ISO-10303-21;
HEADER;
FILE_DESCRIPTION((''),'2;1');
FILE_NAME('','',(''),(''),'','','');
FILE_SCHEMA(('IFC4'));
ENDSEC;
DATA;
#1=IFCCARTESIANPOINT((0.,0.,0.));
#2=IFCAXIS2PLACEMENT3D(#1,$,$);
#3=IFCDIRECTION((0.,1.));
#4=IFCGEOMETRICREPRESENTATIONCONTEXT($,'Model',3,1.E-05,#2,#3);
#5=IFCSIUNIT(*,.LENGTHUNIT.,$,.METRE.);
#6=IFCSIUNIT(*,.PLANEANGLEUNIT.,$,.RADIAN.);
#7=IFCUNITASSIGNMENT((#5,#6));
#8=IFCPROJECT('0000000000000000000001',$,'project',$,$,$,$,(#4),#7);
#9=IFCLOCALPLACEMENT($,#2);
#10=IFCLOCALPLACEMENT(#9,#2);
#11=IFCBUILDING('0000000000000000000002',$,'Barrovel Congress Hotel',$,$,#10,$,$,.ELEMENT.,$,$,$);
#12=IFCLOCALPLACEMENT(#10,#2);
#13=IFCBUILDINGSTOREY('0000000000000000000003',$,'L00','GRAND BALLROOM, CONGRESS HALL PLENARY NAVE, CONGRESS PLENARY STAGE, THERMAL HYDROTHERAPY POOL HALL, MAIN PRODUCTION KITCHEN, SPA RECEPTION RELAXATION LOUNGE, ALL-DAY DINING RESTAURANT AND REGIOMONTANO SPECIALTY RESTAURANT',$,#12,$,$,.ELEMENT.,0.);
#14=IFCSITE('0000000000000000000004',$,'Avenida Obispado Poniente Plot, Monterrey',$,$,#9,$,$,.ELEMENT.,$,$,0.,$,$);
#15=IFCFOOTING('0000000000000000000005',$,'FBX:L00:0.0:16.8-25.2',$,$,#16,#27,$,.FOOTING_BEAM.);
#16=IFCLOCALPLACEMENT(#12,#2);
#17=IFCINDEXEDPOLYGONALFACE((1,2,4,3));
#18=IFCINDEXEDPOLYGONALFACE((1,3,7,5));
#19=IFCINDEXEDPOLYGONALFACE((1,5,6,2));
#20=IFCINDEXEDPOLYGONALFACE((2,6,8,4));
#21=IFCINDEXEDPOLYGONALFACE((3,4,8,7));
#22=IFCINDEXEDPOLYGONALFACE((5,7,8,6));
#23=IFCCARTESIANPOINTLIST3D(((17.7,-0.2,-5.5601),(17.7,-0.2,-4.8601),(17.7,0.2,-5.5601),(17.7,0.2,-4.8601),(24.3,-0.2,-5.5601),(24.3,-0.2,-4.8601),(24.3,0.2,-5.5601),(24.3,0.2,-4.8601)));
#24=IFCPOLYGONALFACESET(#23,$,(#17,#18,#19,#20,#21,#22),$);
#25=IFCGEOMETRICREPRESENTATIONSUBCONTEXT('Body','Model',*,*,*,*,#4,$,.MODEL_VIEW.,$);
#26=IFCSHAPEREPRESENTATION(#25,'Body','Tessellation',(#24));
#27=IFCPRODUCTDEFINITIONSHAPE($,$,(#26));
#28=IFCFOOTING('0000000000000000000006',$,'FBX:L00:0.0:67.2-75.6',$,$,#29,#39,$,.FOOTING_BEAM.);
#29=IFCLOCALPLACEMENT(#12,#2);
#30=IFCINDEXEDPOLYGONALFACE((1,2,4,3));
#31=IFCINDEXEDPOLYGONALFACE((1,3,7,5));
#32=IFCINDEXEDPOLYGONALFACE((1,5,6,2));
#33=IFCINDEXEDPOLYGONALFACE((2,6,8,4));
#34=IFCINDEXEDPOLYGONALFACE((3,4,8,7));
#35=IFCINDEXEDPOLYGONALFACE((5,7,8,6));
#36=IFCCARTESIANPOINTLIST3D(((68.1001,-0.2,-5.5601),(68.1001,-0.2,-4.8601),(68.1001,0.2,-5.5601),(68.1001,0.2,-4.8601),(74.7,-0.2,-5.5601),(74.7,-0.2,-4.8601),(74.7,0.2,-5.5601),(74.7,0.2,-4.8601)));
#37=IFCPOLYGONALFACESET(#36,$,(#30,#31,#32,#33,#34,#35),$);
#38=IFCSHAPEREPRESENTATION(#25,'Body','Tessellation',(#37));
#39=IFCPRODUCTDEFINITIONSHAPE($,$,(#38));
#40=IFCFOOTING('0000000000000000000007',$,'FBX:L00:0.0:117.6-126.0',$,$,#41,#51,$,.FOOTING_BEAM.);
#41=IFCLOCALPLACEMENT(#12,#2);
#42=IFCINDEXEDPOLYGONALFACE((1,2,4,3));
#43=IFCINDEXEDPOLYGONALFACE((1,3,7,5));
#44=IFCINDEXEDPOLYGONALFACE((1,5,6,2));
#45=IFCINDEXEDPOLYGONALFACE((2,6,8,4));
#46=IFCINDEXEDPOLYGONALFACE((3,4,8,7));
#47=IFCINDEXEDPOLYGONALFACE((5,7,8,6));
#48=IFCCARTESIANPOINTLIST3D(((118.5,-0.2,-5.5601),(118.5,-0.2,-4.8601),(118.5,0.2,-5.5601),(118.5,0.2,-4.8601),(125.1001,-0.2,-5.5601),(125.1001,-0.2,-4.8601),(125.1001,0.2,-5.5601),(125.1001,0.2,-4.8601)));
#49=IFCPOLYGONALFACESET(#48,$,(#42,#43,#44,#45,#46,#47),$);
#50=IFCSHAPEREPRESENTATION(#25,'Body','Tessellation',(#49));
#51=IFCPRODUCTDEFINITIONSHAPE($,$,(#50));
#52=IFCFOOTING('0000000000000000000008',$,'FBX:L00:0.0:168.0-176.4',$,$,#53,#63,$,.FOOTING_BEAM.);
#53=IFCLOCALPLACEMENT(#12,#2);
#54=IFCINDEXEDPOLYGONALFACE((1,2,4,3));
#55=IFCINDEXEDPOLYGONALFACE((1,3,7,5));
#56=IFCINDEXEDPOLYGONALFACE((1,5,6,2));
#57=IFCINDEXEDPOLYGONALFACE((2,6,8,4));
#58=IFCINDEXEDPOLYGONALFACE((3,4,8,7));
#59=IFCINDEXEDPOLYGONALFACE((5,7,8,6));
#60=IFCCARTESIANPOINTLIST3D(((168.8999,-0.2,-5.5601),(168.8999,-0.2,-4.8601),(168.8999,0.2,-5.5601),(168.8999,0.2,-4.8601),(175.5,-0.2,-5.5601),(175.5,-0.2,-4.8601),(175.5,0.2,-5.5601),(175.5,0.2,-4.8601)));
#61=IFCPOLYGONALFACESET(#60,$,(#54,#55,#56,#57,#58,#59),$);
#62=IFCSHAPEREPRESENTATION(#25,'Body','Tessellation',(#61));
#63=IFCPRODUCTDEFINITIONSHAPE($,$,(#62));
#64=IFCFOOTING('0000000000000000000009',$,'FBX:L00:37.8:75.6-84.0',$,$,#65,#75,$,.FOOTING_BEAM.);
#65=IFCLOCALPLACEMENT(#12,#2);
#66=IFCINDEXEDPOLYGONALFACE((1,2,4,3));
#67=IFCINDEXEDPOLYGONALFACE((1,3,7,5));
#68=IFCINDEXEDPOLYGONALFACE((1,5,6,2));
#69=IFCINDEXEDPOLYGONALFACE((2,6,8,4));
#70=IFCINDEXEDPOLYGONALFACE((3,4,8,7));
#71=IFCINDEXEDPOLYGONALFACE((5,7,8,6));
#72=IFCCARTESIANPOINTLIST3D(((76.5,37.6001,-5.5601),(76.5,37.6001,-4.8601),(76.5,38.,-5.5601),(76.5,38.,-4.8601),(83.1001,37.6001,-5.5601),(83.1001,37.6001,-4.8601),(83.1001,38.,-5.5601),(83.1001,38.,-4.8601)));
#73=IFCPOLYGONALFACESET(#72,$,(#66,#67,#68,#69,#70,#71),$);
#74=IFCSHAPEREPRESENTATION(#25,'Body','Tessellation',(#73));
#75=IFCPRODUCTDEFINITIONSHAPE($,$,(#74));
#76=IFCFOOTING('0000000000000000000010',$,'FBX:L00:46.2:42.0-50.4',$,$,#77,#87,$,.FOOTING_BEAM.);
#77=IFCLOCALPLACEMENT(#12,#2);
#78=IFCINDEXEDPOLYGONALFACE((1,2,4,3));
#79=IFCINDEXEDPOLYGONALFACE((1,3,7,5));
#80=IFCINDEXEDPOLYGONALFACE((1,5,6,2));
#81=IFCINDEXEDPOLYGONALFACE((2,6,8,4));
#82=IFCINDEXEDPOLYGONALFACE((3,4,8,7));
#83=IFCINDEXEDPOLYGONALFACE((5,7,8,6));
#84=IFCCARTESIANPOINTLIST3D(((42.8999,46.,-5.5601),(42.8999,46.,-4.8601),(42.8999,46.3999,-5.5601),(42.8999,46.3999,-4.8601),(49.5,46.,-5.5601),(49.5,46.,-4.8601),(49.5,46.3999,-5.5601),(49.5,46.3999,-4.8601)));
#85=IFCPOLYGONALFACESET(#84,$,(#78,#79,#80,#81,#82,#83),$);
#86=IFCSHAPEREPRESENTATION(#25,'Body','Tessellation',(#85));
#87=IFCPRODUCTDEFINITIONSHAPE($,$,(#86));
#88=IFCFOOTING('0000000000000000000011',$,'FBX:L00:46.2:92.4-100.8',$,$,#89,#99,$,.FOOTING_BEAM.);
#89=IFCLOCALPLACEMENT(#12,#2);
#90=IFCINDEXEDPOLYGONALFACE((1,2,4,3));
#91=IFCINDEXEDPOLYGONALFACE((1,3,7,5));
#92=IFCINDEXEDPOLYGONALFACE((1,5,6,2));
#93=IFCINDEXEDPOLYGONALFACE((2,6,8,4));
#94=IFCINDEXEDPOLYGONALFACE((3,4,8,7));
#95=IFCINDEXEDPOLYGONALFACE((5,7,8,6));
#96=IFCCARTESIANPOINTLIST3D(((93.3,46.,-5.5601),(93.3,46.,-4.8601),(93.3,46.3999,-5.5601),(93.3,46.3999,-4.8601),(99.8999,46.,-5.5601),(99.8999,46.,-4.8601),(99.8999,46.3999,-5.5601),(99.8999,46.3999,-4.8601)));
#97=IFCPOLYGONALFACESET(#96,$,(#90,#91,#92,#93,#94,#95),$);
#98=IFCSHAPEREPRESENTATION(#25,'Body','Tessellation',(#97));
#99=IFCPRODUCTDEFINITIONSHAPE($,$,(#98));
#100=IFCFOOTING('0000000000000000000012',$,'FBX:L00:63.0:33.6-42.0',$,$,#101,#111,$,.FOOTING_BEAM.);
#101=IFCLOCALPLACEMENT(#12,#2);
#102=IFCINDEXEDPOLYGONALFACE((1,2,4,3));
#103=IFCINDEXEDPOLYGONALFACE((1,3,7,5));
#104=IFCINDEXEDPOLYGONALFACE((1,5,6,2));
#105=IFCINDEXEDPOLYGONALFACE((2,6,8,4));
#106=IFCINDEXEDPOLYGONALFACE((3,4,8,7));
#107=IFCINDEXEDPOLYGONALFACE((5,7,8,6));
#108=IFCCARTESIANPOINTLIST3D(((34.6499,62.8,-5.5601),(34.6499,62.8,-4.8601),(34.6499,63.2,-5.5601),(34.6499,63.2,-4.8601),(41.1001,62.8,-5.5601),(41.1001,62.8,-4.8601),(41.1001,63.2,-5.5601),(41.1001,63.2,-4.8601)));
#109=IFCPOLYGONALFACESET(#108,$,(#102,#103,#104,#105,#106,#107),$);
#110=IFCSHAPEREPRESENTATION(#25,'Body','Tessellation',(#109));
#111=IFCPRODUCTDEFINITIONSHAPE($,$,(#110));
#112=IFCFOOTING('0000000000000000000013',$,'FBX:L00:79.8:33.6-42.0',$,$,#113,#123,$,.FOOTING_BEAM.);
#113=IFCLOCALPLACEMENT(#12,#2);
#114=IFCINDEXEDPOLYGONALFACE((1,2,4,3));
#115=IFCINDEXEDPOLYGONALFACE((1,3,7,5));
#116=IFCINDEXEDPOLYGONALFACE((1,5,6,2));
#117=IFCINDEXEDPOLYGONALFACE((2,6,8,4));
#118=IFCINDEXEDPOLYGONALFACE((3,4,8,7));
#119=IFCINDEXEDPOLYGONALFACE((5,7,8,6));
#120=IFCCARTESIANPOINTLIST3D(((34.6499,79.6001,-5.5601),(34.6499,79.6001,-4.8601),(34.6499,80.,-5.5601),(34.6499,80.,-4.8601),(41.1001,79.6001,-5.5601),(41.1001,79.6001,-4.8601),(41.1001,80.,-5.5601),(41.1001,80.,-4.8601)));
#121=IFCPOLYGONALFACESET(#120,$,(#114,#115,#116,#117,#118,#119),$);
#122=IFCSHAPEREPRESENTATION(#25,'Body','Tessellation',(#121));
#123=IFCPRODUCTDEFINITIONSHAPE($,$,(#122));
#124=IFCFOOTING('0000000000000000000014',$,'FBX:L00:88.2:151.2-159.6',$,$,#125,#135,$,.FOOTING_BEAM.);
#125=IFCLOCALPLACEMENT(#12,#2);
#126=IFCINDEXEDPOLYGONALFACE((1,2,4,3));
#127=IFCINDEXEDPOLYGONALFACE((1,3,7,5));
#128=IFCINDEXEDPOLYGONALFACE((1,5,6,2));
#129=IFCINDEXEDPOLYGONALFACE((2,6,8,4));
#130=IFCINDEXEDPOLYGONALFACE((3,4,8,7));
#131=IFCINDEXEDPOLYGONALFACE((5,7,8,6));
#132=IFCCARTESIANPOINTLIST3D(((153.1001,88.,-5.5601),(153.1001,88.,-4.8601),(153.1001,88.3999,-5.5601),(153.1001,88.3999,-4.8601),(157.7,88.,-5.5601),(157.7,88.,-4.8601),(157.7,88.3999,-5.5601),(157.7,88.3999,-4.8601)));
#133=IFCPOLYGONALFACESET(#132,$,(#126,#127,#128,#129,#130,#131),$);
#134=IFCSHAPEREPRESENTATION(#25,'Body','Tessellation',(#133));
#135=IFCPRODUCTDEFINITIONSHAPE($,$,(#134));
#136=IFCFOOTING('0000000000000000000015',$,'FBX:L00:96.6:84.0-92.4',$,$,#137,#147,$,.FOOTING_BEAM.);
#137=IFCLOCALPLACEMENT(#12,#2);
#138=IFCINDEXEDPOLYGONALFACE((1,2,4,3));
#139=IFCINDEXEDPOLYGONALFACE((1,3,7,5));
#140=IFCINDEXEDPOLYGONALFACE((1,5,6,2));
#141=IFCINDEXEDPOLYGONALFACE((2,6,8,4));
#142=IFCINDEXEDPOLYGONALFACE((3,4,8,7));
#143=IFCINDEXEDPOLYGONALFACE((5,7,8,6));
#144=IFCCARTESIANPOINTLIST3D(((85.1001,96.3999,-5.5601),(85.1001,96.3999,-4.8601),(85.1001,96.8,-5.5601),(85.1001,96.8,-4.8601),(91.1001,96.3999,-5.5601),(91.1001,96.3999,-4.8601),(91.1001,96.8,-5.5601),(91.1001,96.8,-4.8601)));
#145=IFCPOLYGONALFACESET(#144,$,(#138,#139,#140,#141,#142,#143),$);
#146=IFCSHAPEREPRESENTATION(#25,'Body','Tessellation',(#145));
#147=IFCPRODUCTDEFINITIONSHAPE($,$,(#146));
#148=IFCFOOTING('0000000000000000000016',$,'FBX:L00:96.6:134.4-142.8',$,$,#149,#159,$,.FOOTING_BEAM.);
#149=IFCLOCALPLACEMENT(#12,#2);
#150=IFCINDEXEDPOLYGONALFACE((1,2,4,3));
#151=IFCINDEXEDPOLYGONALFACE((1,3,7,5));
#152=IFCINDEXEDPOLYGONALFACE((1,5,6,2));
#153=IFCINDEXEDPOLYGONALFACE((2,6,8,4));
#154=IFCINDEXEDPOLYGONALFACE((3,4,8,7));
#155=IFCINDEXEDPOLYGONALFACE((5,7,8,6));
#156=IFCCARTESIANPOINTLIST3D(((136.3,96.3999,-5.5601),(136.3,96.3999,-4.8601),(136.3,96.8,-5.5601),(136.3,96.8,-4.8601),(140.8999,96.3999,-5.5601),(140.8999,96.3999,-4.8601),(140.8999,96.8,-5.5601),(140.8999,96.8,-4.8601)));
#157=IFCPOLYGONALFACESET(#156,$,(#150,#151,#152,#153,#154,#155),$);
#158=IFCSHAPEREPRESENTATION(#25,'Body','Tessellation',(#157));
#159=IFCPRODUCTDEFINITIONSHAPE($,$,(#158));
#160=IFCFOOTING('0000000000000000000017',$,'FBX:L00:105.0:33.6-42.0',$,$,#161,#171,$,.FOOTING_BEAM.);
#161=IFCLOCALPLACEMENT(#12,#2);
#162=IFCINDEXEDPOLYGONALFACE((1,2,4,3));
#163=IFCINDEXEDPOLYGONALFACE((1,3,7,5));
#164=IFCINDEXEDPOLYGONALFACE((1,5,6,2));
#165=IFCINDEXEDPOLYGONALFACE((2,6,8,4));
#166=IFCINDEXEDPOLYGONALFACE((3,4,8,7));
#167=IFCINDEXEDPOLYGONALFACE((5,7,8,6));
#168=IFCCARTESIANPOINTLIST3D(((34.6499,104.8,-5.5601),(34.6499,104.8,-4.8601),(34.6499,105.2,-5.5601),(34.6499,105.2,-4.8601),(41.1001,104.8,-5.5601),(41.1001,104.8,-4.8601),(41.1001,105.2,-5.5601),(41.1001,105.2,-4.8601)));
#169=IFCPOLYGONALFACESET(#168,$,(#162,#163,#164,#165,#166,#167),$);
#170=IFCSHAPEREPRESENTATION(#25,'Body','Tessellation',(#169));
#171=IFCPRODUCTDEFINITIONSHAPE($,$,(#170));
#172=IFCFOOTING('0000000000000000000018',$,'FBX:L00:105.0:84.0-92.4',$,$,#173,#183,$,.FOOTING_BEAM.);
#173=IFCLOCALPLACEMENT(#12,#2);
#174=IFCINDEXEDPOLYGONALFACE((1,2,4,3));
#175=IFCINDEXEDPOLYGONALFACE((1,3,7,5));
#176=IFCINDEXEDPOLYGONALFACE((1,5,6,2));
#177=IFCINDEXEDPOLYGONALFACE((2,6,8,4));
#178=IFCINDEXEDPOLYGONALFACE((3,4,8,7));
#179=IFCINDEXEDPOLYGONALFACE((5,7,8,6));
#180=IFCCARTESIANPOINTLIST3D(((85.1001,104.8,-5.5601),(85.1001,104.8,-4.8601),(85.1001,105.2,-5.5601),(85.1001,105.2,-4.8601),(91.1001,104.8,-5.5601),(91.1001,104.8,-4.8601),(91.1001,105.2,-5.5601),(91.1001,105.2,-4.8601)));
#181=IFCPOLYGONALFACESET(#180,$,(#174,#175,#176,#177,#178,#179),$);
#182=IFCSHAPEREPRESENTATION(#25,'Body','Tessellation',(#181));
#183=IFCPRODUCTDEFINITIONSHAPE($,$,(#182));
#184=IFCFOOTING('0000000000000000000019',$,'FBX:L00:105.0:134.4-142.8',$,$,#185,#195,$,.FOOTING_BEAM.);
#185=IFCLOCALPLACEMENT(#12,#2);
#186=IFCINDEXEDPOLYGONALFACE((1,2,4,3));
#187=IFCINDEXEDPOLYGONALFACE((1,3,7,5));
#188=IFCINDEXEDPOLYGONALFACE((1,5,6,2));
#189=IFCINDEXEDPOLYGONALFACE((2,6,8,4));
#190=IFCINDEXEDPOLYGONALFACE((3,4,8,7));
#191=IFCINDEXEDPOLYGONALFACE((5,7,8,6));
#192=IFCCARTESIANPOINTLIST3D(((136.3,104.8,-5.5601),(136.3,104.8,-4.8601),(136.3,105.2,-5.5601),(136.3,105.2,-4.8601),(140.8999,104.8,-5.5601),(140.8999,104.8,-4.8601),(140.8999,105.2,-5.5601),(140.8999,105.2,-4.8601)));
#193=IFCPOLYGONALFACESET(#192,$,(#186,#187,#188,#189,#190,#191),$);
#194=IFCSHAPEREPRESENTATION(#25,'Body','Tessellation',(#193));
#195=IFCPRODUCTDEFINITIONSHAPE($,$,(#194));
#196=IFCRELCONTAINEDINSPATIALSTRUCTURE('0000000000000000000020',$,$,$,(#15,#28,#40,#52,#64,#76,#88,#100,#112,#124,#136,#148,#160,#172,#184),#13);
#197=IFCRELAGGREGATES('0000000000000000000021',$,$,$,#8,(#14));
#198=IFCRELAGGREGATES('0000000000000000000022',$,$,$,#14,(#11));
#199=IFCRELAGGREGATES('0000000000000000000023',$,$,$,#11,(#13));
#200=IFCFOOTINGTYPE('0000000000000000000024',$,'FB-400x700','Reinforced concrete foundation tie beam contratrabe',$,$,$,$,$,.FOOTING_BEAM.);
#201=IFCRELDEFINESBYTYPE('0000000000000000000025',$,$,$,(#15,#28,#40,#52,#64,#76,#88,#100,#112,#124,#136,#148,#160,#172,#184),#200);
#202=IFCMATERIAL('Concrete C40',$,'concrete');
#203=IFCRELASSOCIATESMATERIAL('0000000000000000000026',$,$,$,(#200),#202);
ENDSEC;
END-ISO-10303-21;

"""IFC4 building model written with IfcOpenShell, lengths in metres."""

from ifc_helpers import new_model, si_unit, direction, frame, origin, place, context, subcontext, project, spatial, polyline, outline, extrude, material, type_object, element, save


model = new_model("IFC4")

# Units and contexts
model_context = context("Model", 3, precision=1e-05, world=origin(), true_north=direction((0.0, 1.0)))
body_context = subcontext(model_context, "Body", "Model", "MODEL_VIEW")
ifc_project = project(units=[si_unit("LENGTHUNIT", "METRE"), si_unit("PLANEANGLEUNIT", "RADIAN")], contexts=[model_context])

# Site, building, storey
site_placement = place(None, origin())
site = spatial("IfcSite", under=ifc_project, at=site_placement, Name="Avenida Obispado Poniente Plot, Monterrey", CompositionType="ELEMENT", RefElevation=0.0)
building_placement = place(site_placement, origin())
building = spatial("IfcBuilding", under=site, at=building_placement, Name="Barrovel Congress Hotel", CompositionType="ELEMENT")
storey_placement = place(building_placement, origin())
storey = spatial("IfcBuildingStorey", under=building, at=storey_placement, Name="L00", Description="GRAND BALLROOM, CONGRESS HALL PLENARY NAVE, CONGRESS PLENARY STAGE, THERMAL HYDROTHERAPY POOL HALL, MAIN PRODUCTION KITCHEN, SPA RECEPTION RELAXATION LOUNGE, ALL-DAY DINING RESTAURANT AND REGIOMONTANO SPECIALTY RESTAURANT", CompositionType="ELEMENT", Elevation=0.0)

# Footings
ifc_material = material(Name="Concrete C40", Category="concrete")
footing_type_1 = type_object("IfcFootingType", Name="FB-400x700", Description="Reinforced concrete foundation tie beam contratrabe", PredefinedType="FOOTING_BEAM", material=ifc_material)
footing_1_placement = place(storey_placement, frame((0.0, 0.0, -5.5601)))
element("IfcFooting", 1, at=footing_1_placement, inside=storey, type_object=footing_type_1, Name="FBX:L00:0.0:16.8-25.2", PredefinedType="FOOTING_BEAM", context=body_context, shape_type="SweptSolid", body=[
    extrude(outline(polyline([(17.7, -0.2), (24.3, -0.2), (24.3, 0.2), (17.7, 0.2), (17.7, -0.2)])), origin(), (0.0, 0.0, 1.0), 0.7),
])
footing_2_placement = place(storey_placement, frame((0.0, 0.0, -5.5601)))
element("IfcFooting", 2, at=footing_2_placement, inside=storey, type_object=footing_type_1, Name="FBX:L00:0.0:67.2-75.6", PredefinedType="FOOTING_BEAM", context=body_context, shape_type="SweptSolid", body=[
    extrude(outline(polyline([(68.1001, -0.2), (74.7, -0.2), (74.7, 0.2), (68.1001, 0.2), (68.1001, -0.2)])), origin(), (0.0, 0.0, 1.0), 0.7),
])
footing_3_placement = place(storey_placement, frame((0.0, 0.0, -5.5601)))
element("IfcFooting", 3, at=footing_3_placement, inside=storey, type_object=footing_type_1, Name="FBX:L00:0.0:117.6-126.0", PredefinedType="FOOTING_BEAM", context=body_context, shape_type="SweptSolid", body=[
    extrude(outline(polyline([(118.5, -0.2), (125.1001, -0.2), (125.1001, 0.2), (118.5, 0.2), (118.5, -0.2)])), origin(), (0.0, 0.0, 1.0), 0.7),
])
footing_4_placement = place(storey_placement, frame((0.0, 0.0, -5.5601)))
element("IfcFooting", 4, at=footing_4_placement, inside=storey, type_object=footing_type_1, Name="FBX:L00:0.0:168.0-176.4", PredefinedType="FOOTING_BEAM", context=body_context, shape_type="SweptSolid", body=[
    extrude(outline(polyline([(168.8999, -0.2), (175.5, -0.2), (175.5, 0.2), (168.8999, 0.2), (168.8999, -0.2)])), origin(), (0.0, 0.0, 1.0), 0.7),
])
footing_5_placement = place(storey_placement, frame((0.0, 0.0, -5.5601)))
element("IfcFooting", 5, at=footing_5_placement, inside=storey, type_object=footing_type_1, Name="FBX:L00:37.8:75.6-84.0", PredefinedType="FOOTING_BEAM", context=body_context, shape_type="SweptSolid", body=[
    extrude(outline(polyline([(76.5, 37.6001), (83.1001, 37.6001), (83.1001, 38.0), (76.5, 38.0), (76.5, 37.6001)])), origin(), (0.0, 0.0, 1.0), 0.7),
])
footing_6_placement = place(storey_placement, frame((0.0, 0.0, -5.5601)))
element("IfcFooting", 6, at=footing_6_placement, inside=storey, type_object=footing_type_1, Name="FBX:L00:46.2:42.0-50.4", PredefinedType="FOOTING_BEAM", context=body_context, shape_type="SweptSolid", body=[
    extrude(outline(polyline([(42.8999, 46.0), (49.5, 46.0), (49.5, 46.3999), (42.8999, 46.3999), (42.8999, 46.0)])), origin(), (0.0, 0.0, 1.0), 0.7),
])
footing_7_placement = place(storey_placement, frame((0.0, 0.0, -5.5601)))
element("IfcFooting", 7, at=footing_7_placement, inside=storey, type_object=footing_type_1, Name="FBX:L00:46.2:92.4-100.8", PredefinedType="FOOTING_BEAM", context=body_context, shape_type="SweptSolid", body=[
    extrude(outline(polyline([(93.3, 46.0), (99.8999, 46.0), (99.8999, 46.3999), (93.3, 46.3999), (93.3, 46.0)])), origin(), (0.0, 0.0, 1.0), 0.7),
])
footing_8_placement = place(storey_placement, frame((0.0, 0.0, -5.5601)))
element("IfcFooting", 8, at=footing_8_placement, inside=storey, type_object=footing_type_1, Name="FBX:L00:63.0:33.6-42.0", PredefinedType="FOOTING_BEAM", context=body_context, shape_type="SweptSolid", body=[
    extrude(outline(polyline([(34.6499, 62.8), (41.1001, 62.8), (41.1001, 63.2), (34.6499, 63.2), (34.6499, 62.8)])), origin(), (0.0, 0.0, 1.0), 0.7),
])
footing_9_placement = place(storey_placement, frame((0.0, 0.0, -5.5601)))
element("IfcFooting", 9, at=footing_9_placement, inside=storey, type_object=footing_type_1, Name="FBX:L00:79.8:33.6-42.0", PredefinedType="FOOTING_BEAM", context=body_context, shape_type="SweptSolid", body=[
    extrude(outline(polyline([(34.6499, 79.6001), (41.1001, 79.6001), (41.1001, 80.0), (34.6499, 80.0), (34.6499, 79.6001)])), origin(), (0.0, 0.0, 1.0), 0.7),
])
footing_10_placement = place(storey_placement, frame((0.0, 0.0, -5.5601)))
element("IfcFooting", 10, at=footing_10_placement, inside=storey, type_object=footing_type_1, Name="FBX:L00:88.2:151.2-159.6", PredefinedType="FOOTING_BEAM", context=body_context, shape_type="SweptSolid", body=[
    extrude(outline(polyline([(153.1001, 88.0), (157.7, 88.0), (157.7, 88.3999), (153.1001, 88.3999), (153.1001, 88.0)])), origin(), (0.0, 0.0, 1.0), 0.7),
])
footing_11_placement = place(storey_placement, frame((0.0, 0.0, -5.5601)))
element("IfcFooting", 11, at=footing_11_placement, inside=storey, type_object=footing_type_1, Name="FBX:L00:96.6:84.0-92.4", PredefinedType="FOOTING_BEAM", context=body_context, shape_type="SweptSolid", body=[
    extrude(outline(polyline([(85.1001, 96.3999), (91.1001, 96.3999), (91.1001, 96.8), (85.1001, 96.8), (85.1001, 96.3999)])), origin(), (0.0, 0.0, 1.0), 0.7),
])
footing_12_placement = place(storey_placement, frame((0.0, 0.0, -5.5601)))
element("IfcFooting", 12, at=footing_12_placement, inside=storey, type_object=footing_type_1, Name="FBX:L00:96.6:134.4-142.8", PredefinedType="FOOTING_BEAM", context=body_context, shape_type="SweptSolid", body=[
    extrude(outline(polyline([(136.3, 96.3999), (140.8999, 96.3999), (140.8999, 96.8), (136.3, 96.8), (136.3, 96.3999)])), origin(), (0.0, 0.0, 1.0), 0.7),
])
footing_13_placement = place(storey_placement, frame((0.0, 0.0, -5.5601)))
element("IfcFooting", 13, at=footing_13_placement, inside=storey, type_object=footing_type_1, Name="FBX:L00:105.0:33.6-42.0", PredefinedType="FOOTING_BEAM", context=body_context, shape_type="SweptSolid", body=[
    extrude(outline(polyline([(34.6499, 104.8), (41.1001, 104.8), (41.1001, 105.2), (34.6499, 105.2), (34.6499, 104.8)])), origin(), (0.0, 0.0, 1.0), 0.7),
])
footing_14_placement = place(storey_placement, frame((0.0, 0.0, -5.5601)))
element("IfcFooting", 14, at=footing_14_placement, inside=storey, type_object=footing_type_1, Name="FBX:L00:105.0:84.0-92.4", PredefinedType="FOOTING_BEAM", context=body_context, shape_type="SweptSolid", body=[
    extrude(outline(polyline([(85.1001, 104.8), (91.1001, 104.8), (91.1001, 105.2), (85.1001, 105.2), (85.1001, 104.8)])), origin(), (0.0, 0.0, 1.0), 0.7),
])
footing_15_placement = place(storey_placement, frame((0.0, 0.0, -5.5601)))
element("IfcFooting", 15, at=footing_15_placement, inside=storey, type_object=footing_type_1, Name="FBX:L00:105.0:134.4-142.8", PredefinedType="FOOTING_BEAM", context=body_context, shape_type="SweptSolid", body=[
    extrude(outline(polyline([(136.3, 104.8), (140.8999, 104.8), (140.8999, 105.2), (136.3, 105.2), (136.3, 104.8)])), origin(), (0.0, 0.0, 1.0), 0.7),
])

save(model, "model.ifc")
